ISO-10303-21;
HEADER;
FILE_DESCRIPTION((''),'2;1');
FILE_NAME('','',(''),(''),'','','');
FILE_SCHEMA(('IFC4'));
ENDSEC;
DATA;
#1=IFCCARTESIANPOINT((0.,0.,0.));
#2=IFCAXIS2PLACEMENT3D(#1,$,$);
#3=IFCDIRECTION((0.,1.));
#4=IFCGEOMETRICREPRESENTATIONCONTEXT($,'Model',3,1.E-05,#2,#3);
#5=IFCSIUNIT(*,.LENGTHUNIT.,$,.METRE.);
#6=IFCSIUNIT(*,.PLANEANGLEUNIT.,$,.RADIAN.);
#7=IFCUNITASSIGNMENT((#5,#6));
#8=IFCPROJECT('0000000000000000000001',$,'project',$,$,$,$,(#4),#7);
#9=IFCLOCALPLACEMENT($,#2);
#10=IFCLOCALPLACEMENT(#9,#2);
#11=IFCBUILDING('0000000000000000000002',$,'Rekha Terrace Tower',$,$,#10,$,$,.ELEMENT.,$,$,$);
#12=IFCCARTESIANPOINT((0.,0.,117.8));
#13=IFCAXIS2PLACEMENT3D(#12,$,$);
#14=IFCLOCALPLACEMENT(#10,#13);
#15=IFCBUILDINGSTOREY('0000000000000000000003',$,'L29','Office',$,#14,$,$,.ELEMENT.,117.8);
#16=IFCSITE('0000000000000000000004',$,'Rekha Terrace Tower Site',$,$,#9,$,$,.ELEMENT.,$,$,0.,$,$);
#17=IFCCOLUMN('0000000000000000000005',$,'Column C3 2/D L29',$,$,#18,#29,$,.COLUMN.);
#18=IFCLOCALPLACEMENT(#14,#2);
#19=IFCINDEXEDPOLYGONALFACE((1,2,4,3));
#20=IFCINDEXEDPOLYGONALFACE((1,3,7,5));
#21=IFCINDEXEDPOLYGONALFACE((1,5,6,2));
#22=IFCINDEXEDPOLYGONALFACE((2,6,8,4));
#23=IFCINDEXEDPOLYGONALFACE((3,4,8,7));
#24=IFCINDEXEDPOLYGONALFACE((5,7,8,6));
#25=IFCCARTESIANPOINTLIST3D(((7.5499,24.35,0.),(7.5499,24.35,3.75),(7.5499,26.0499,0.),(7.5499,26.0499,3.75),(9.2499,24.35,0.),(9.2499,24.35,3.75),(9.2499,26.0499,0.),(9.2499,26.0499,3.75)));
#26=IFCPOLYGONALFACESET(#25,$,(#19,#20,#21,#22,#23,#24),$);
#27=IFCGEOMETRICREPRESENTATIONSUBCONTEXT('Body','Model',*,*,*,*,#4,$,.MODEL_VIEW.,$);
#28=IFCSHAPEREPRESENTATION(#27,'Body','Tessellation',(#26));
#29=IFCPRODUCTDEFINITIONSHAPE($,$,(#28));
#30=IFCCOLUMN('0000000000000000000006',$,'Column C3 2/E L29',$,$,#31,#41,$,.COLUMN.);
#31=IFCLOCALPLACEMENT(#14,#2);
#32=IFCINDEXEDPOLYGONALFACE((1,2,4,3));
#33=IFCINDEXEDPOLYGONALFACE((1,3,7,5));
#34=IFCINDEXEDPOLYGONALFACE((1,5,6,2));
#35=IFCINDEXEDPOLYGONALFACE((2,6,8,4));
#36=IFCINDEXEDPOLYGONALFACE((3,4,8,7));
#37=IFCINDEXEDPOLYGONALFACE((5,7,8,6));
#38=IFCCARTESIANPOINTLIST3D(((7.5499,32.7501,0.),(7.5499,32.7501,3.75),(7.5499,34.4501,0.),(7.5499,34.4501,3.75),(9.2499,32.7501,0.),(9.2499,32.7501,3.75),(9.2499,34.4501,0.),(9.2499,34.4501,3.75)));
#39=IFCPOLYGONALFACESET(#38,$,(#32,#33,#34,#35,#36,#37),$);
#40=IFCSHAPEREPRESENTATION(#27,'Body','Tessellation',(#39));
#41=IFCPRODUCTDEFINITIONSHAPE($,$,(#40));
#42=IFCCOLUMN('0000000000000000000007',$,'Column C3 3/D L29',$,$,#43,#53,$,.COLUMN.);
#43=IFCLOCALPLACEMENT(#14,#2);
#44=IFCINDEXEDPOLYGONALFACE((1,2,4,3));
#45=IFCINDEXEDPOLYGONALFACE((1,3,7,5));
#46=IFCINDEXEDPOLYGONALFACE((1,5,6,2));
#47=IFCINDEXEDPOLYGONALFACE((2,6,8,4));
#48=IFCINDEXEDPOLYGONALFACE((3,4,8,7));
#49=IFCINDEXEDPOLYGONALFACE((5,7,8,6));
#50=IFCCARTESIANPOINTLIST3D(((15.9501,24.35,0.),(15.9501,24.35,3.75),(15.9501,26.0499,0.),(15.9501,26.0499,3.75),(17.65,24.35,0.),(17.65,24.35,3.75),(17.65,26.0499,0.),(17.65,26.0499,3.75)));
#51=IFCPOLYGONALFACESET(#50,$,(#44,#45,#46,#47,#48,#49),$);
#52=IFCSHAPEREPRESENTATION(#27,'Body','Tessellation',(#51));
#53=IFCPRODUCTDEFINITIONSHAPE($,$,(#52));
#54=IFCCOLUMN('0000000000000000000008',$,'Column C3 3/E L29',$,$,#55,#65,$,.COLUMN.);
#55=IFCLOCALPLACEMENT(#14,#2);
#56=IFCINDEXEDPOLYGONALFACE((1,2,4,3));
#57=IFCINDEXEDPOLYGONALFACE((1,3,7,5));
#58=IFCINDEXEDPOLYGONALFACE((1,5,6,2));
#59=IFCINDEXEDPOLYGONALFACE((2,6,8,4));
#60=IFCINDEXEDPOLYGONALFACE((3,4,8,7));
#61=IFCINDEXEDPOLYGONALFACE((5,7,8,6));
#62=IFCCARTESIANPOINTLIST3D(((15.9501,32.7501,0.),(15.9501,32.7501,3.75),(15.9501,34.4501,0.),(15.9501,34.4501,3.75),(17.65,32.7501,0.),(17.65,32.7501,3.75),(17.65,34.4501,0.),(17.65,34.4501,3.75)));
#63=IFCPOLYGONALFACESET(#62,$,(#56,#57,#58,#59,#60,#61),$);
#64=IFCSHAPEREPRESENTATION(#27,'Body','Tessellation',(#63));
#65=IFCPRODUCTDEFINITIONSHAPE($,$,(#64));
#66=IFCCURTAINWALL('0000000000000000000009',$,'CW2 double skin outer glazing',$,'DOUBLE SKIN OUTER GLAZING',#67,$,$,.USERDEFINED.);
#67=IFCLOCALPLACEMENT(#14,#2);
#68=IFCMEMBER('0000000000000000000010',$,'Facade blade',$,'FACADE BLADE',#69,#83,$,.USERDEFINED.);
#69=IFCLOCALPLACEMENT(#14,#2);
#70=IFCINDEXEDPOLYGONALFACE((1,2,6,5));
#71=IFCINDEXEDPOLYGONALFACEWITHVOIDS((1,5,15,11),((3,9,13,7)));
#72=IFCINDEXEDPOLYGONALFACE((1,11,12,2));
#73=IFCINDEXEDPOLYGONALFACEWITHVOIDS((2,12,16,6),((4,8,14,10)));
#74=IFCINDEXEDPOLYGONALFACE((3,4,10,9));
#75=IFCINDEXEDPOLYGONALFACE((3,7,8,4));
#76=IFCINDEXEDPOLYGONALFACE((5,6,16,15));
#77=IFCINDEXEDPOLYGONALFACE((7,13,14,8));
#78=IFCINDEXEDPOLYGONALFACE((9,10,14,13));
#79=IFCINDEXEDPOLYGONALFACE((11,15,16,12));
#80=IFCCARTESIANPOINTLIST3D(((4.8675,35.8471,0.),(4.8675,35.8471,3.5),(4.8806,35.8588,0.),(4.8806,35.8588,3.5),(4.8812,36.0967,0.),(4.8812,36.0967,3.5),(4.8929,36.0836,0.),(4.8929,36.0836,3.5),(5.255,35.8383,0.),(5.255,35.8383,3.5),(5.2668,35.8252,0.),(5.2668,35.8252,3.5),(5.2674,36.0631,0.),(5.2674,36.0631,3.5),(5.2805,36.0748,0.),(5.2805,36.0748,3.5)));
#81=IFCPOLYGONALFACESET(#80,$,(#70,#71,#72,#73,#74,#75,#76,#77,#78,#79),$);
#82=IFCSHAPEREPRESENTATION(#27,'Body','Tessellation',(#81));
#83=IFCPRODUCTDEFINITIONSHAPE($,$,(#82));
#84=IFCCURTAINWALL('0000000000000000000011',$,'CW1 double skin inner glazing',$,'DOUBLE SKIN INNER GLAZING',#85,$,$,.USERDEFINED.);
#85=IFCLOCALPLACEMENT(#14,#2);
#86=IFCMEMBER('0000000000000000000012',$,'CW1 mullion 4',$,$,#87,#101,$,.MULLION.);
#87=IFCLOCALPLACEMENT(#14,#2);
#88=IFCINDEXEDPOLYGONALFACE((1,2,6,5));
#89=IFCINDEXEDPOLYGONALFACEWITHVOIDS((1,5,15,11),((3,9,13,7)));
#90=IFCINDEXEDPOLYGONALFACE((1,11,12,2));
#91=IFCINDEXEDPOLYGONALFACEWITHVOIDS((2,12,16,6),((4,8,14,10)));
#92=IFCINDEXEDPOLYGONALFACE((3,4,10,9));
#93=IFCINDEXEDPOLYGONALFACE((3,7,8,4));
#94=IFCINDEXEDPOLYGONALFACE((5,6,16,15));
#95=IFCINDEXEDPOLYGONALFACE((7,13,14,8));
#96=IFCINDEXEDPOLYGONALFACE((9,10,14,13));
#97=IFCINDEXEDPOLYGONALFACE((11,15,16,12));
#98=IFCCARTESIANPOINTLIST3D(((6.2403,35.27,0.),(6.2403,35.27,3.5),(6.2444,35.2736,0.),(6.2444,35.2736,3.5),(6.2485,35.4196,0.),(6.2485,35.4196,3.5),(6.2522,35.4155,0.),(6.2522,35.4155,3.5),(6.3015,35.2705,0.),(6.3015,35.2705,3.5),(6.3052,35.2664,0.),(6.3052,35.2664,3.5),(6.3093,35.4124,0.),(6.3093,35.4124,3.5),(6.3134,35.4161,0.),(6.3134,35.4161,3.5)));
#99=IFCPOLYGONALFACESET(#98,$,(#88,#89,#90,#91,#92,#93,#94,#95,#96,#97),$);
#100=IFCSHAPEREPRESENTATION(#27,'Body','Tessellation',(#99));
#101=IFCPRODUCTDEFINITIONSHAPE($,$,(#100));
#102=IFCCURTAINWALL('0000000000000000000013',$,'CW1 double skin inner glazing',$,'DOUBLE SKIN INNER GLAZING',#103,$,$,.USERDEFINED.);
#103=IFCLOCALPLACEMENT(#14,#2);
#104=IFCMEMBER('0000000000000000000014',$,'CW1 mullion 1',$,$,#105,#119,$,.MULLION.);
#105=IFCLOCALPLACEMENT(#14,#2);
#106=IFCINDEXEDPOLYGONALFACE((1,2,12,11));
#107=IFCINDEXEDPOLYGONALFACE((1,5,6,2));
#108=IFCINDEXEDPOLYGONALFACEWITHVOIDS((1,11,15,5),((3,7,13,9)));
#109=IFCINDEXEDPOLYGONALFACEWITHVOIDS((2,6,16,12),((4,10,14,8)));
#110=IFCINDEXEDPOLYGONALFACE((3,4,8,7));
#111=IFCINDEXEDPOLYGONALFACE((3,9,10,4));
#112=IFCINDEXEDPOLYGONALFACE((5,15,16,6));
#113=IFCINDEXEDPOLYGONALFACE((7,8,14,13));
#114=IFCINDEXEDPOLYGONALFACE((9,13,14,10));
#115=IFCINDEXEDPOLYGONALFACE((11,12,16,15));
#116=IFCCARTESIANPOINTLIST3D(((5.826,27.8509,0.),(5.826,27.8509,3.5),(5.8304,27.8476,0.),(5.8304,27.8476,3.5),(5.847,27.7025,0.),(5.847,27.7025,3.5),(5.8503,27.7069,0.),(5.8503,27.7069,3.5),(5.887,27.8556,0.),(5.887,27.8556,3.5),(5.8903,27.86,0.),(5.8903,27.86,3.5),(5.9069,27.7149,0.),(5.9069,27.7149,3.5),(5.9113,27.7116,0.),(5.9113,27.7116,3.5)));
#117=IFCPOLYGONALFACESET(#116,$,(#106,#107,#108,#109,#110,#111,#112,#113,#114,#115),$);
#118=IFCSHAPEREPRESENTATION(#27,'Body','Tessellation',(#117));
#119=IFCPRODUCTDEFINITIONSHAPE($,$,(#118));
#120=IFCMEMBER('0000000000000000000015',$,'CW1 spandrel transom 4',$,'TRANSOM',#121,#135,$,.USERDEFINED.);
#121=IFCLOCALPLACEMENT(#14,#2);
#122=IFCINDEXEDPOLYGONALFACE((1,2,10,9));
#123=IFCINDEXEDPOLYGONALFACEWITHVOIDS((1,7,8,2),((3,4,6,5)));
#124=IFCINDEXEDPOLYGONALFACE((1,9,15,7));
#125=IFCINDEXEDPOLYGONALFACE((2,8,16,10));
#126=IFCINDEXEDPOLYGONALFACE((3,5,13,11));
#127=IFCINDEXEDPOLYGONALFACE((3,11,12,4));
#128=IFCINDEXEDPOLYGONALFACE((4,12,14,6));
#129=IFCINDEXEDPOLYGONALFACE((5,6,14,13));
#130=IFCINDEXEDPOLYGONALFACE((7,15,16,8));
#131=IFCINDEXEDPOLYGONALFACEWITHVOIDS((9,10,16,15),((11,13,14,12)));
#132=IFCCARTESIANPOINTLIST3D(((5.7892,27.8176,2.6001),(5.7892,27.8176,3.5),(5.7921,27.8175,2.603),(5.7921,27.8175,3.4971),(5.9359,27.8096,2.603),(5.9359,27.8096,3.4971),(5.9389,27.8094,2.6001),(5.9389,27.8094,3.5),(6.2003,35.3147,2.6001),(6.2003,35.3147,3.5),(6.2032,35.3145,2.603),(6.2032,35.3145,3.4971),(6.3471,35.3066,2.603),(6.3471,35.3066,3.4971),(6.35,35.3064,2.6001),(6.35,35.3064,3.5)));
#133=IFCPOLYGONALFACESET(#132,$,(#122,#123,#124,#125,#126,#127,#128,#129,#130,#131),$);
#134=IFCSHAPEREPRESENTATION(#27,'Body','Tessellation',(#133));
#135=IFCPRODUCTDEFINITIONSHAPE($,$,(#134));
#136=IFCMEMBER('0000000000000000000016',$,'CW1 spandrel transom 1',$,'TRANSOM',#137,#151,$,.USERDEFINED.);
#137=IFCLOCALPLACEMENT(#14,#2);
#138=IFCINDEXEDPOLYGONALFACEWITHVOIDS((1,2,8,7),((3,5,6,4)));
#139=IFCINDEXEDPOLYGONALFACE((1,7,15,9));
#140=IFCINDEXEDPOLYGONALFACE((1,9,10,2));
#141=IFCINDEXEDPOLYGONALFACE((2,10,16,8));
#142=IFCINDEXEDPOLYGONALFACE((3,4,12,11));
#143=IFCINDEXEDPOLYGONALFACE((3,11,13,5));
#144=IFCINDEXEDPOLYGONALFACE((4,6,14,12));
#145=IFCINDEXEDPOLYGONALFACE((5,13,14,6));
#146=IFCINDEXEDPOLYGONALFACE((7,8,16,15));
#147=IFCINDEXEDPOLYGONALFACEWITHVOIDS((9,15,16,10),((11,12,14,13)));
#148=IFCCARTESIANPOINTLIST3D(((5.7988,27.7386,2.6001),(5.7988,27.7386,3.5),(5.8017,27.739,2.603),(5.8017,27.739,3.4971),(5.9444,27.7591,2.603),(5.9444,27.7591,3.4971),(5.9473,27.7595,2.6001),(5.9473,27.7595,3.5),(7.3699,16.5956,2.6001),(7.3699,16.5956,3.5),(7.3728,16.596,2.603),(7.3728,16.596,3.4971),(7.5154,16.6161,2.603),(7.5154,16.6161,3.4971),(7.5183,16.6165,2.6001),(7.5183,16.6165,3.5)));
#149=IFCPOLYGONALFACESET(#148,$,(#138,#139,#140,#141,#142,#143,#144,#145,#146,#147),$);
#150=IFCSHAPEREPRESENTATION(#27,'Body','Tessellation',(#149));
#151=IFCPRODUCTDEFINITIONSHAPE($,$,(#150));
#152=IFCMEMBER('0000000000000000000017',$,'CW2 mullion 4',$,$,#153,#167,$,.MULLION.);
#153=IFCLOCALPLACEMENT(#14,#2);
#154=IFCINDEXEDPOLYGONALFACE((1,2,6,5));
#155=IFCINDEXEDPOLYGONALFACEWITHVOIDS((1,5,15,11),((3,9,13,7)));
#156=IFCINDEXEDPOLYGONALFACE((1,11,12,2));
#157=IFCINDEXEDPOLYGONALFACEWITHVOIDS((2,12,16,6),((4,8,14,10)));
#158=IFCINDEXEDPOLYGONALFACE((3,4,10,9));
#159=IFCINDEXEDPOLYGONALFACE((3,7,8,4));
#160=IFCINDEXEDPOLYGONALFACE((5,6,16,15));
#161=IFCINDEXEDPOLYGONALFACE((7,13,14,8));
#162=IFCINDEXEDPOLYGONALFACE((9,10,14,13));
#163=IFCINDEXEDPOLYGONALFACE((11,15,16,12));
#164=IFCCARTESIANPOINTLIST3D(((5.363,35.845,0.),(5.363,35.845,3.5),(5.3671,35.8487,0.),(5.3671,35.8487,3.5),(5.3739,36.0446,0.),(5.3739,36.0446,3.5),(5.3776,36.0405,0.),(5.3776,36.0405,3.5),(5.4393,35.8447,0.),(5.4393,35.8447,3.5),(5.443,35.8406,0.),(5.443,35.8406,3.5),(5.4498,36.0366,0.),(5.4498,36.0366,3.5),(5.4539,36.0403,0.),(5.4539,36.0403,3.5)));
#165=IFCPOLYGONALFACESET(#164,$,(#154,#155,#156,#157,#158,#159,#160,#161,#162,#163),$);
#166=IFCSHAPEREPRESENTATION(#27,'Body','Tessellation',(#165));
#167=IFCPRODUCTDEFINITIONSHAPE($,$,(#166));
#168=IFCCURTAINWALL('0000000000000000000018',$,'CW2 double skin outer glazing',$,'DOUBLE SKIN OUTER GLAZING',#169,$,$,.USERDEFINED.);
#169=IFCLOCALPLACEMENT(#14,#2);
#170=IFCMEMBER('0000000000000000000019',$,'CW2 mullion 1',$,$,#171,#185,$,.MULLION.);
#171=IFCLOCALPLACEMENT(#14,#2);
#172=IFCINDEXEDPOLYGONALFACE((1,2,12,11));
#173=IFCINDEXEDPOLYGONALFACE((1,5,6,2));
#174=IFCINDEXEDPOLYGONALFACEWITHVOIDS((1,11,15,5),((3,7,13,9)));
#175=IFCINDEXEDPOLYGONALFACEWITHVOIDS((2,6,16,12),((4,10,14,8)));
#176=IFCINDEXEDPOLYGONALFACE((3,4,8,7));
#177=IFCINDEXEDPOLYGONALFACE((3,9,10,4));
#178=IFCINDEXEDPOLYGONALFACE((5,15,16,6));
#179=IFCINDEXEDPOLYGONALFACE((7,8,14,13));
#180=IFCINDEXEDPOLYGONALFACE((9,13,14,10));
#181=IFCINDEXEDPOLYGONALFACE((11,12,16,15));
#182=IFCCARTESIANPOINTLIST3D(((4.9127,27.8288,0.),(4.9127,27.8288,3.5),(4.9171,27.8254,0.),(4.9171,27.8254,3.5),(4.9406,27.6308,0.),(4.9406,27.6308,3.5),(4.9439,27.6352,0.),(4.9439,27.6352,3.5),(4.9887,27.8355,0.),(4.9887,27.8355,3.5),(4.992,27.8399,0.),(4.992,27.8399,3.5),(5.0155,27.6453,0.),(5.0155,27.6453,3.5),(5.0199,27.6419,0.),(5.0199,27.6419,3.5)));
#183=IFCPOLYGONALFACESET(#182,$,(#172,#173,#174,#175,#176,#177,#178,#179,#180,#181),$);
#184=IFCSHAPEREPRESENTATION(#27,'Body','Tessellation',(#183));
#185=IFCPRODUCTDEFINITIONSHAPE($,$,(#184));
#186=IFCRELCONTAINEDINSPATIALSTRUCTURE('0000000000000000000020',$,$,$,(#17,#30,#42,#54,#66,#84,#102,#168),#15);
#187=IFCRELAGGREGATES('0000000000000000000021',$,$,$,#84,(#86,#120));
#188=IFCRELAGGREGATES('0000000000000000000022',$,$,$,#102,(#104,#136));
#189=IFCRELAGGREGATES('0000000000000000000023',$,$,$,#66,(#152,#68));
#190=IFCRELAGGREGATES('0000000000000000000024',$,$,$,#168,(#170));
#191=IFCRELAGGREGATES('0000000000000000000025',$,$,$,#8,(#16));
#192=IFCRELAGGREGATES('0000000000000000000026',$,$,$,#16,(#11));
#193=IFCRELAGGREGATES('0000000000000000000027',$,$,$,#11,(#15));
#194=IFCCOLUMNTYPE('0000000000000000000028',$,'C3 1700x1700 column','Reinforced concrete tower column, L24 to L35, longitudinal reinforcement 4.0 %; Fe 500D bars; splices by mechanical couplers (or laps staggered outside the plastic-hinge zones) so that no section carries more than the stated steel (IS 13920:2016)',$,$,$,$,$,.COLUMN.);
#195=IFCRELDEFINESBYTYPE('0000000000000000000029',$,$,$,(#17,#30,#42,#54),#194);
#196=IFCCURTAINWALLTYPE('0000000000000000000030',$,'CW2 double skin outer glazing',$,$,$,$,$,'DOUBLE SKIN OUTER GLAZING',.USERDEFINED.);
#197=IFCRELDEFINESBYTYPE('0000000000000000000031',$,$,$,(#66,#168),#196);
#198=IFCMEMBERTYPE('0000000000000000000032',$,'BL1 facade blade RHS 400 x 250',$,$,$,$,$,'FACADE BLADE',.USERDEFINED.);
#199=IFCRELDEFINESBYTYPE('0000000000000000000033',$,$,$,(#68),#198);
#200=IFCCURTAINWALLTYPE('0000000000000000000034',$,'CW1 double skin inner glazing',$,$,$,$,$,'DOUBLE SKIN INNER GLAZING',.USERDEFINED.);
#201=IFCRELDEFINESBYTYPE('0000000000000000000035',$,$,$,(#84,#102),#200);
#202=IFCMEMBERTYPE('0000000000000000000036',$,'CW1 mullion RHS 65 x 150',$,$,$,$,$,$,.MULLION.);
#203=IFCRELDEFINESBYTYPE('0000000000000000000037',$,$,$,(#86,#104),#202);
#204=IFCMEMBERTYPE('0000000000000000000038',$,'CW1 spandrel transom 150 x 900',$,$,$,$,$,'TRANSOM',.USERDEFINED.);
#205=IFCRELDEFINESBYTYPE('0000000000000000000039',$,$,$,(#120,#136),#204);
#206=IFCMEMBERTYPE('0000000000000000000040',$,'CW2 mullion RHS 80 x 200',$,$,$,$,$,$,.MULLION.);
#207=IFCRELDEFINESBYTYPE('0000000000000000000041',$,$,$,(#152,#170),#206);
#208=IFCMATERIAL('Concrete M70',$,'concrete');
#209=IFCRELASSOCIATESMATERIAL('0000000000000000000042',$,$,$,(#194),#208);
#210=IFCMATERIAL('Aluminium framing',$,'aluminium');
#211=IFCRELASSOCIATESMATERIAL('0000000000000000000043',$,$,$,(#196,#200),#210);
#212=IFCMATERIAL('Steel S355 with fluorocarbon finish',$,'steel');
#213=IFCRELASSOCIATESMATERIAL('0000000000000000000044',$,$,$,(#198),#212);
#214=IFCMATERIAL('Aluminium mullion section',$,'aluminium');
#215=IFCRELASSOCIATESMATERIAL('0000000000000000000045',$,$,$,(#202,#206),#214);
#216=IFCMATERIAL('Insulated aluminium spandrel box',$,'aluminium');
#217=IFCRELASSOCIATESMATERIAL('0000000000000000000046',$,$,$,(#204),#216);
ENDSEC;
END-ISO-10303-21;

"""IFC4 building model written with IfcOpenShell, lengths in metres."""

from ifc_helpers import new_model, si_unit, direction, frame, origin, origin_2d, place, context, subcontext, project, spatial, rectangle, hollow_rectangle, extrude, material, material_profile, profile_set, type_object, element, aggregate, save


model = new_model("IFC4")

# Units and contexts
model_context = context("Model", 3, precision=1e-05, world=origin(), true_north=direction((0.0, 1.0)))
body_context = subcontext(model_context, "Body", "Model", "MODEL_VIEW")
ifc_project = project(units=[si_unit("LENGTHUNIT", "METRE"), si_unit("PLANEANGLEUNIT", "RADIAN")], contexts=[model_context])

# Site, building, storey
site_placement = place(None, origin())
site = spatial("IfcSite", under=ifc_project, at=site_placement, Name="Rekha Terrace Tower Site", CompositionType="ELEMENT", RefElevation=0.0)
building_placement = place(site_placement, origin())
building = spatial("IfcBuilding", under=site, at=building_placement, Name="Rekha Terrace Tower", CompositionType="ELEMENT")
storey_placement = place(building_placement, frame((0.0, 0.0, 117.8)))
storey = spatial("IfcBuildingStorey", under=building, at=storey_placement, Name="L29", Description="Office", CompositionType="ELEMENT", Elevation=117.8)

# Columns
ifc_material_1 = material(Name="Concrete M70", Category="concrete")
ifc_material_profile_1 = material_profile(ifc_material_1, rectangle(XDim=1.7, YDim=1.7, at=origin_2d()), Name="RC 1700x1700")
ifc_profile_set_1 = profile_set([ifc_material_profile_1], Name="Concrete M70")
column_type = type_object("IfcColumnType", Name="C3 1700x1700 column", Description="Reinforced concrete tower column, L24 to L35, longitudinal reinforcement 4.0 %; Fe 500D bars; splices by mechanical couplers (or laps staggered outside the plastic-hinge zones) so that no section carries more than the stated steel (IS 13920:2016)", PredefinedType="COLUMN", material=ifc_profile_set_1)
for number, where, z_axis, x_axis, name in (
    (1, (8.3999, 25.2, 0.0), (0.0, 0.0, 1.0), (1.0, 0.0, 0.0), "Column C3 2/D L29"),
    (2, (8.3999, 33.6001, 0.0), (0.0, 0.0, 1.0), (1.0, 0.0, 0.0), "Column C3 2/E L29"),
    (3, (16.8, 25.2, 0.0), (0.0, 0.0, 1.0), (1.0, 0.0, 0.0), "Column C3 3/D L29"),
    (4, (16.8, 33.6001, 0.0), (0.0, 0.0, 1.0), (1.0, 0.0, 0.0), "Column C3 3/E L29"),
):
    element("IfcColumn", number, at=place(storey_placement, frame(where, z_axis=z_axis, x_axis=x_axis)), inside=storey, type_object=column_type, Name=name, PredefinedType="COLUMN", context=body_context, shape_type="SweptSolid", body=[
        extrude(rectangle(XDim=1.7, YDim=1.7, at=origin_2d()), origin(), (0.0, 0.0, 1.0), 3.75),
    ])

# Curtain walls, members
ifc_material_2 = material(Name="Aluminium framing", Category="aluminium")
curtain_wall_type_1 = type_object("IfcCurtainWallType", Name="CW2 double skin outer glazing", ElementType="DOUBLE SKIN OUTER GLAZING", PredefinedType="USERDEFINED", material=ifc_material_2)
curtain_wall_1_placement = place(storey_placement, origin())
curtain_wall_1 = element("IfcCurtainWall", 5, at=curtain_wall_1_placement, inside=storey, type_object=curtain_wall_type_1, Name="CW2 double skin outer glazing", ObjectType="DOUBLE SKIN OUTER GLAZING", PredefinedType="USERDEFINED")
ifc_material_3 = material(Name="Steel S355 with fluorocarbon finish", Category="steel")
ifc_material_profile_2 = material_profile(ifc_material_3, hollow_rectangle(XDim=0.25, YDim=0.3999, WallThickness=0.0125, at=origin_2d()), Name="RHS400x250x12.5")
ifc_profile_set_2 = profile_set([ifc_material_profile_2], Name="Steel S355 with fluorocarbon finish")
member_type_1 = type_object("IfcMemberType", Name="BL1 facade blade RHS 400 x 250", ElementType="FACADE BLADE", PredefinedType="USERDEFINED", material=ifc_profile_set_2)
member_1_placement = place(storey_placement, frame((5.074, 35.9609, 0.0), z_axis=(0.0, 0.0, 1.0), x_axis=(-0.054743, -0.9985, 0.0)))
member_1 = element("IfcMember", 6, at=member_1_placement, type_object=member_type_1, Name="Facade blade", ObjectType="FACADE BLADE", PredefinedType="USERDEFINED", context=body_context, shape_type="SweptSolid", body=[
    extrude(hollow_rectangle(XDim=0.25, YDim=0.3999, WallThickness=0.0125, at=origin_2d()), origin(), (0.0, 0.0, 1.0), 3.5),
])
curtain_wall_type_2 = type_object("IfcCurtainWallType", Name="CW1 double skin inner glazing", ElementType="DOUBLE SKIN INNER GLAZING", PredefinedType="USERDEFINED", material=ifc_material_2)
curtain_wall_2_placement = place(storey_placement, origin())
curtain_wall_2 = element("IfcCurtainWall", 7, at=curtain_wall_2_placement, inside=storey, type_object=curtain_wall_type_2, Name="CW1 double skin inner glazing", ObjectType="DOUBLE SKIN INNER GLAZING", PredefinedType="USERDEFINED")
ifc_material_4 = material(Name="Aluminium mullion section", Category="aluminium")
ifc_material_profile_3 = material_profile(ifc_material_4, hollow_rectangle(XDim=0.0649, YDim=0.1499, WallThickness=0.0039, at=origin_2d()), Name="AL RHS 65x150")
ifc_profile_set_3 = profile_set([ifc_material_profile_3], Name="Aluminium mullion section")
member_type_2 = type_object("IfcMemberType", Name="CW1 mullion RHS 65 x 150", PredefinedType="MULLION", material=ifc_profile_set_3)
member_2_placement = place(storey_placement, frame((6.2769, 35.343, 0.0), z_axis=(0.0, 0.0, 1.0), x_axis=(0.998501, -0.054742, 0.0)))
member_2 = element("IfcMember", 8, at=member_2_placement, type_object=member_type_2, Name="CW1 mullion 4", PredefinedType="MULLION", context=body_context, shape_type="SweptSolid", body=[
    extrude(hollow_rectangle(XDim=0.0649, YDim=0.1499, WallThickness=0.0039, at=origin_2d()), origin(), (0.0, 0.0, 1.0), 3.5),
])
curtain_wall_3_placement = place(storey_placement, origin())
curtain_wall_3 = element("IfcCurtainWall", 9, at=curtain_wall_3_placement, inside=storey, type_object=curtain_wall_type_2, Name="CW1 double skin inner glazing", ObjectType="DOUBLE SKIN INNER GLAZING", PredefinedType="USERDEFINED")
member_3_placement = place(storey_placement, frame((5.8687, 27.7812, 0.0), z_axis=(0.0, 0.0, 1.0), x_axis=(0.990208, 0.139597, 0.0)))
member_3 = element("IfcMember", 10, at=member_3_placement, type_object=member_type_2, Name="CW1 mullion 1", PredefinedType="MULLION", context=body_context, shape_type="SweptSolid", body=[
    extrude(hollow_rectangle(XDim=0.0649, YDim=0.1499, WallThickness=0.0039, at=origin_2d()), origin(), (0.0, 0.0, 1.0), 3.5),
])

# Members
ifc_material_5 = material(Name="Insulated aluminium spandrel box", Category="aluminium")
ifc_material_profile_4 = material_profile(ifc_material_5, hollow_rectangle(XDim=0.1499, YDim=0.8999, WallThickness=0.0029, at=origin_2d()), Name="AL SPANDREL BOX 150x900")
ifc_profile_set_4 = profile_set([ifc_material_profile_4], Name="Insulated aluminium spandrel box")
member_type_3 = type_object("IfcMemberType", Name="CW1 spandrel transom 150 x 900", ElementType="TRANSOM", PredefinedType="USERDEFINED", material=ifc_profile_set_4)
member_4_placement = place(storey_placement, frame((6.2751, 35.3105, 3.05), z_axis=(-0.054757, -0.9985, 0.0), x_axis=(0.9985, -0.054757, 0.0)))
member_4 = element("IfcMember", 11, at=member_4_placement, type_object=member_type_3, Name="CW1 spandrel transom 4", ObjectType="TRANSOM", PredefinedType="USERDEFINED", context=body_context, shape_type="SweptSolid", body=[
    extrude(hollow_rectangle(XDim=0.1499, YDim=0.8999, WallThickness=0.0029, at=origin_2d()), origin(), (0.0, 0.0, 1.0), 7.5083),
])
member_5_placement = place(storey_placement, frame((5.873, 27.749, 3.05), z_axis=(0.139608, -0.990207, 0.0), x_axis=(0.990207, 0.139608, 0.0)))
member_5 = element("IfcMember", 12, at=member_5_placement, type_object=member_type_3, Name="CW1 spandrel transom 1", ObjectType="TRANSOM", PredefinedType="USERDEFINED", context=body_context, shape_type="SweptSolid", body=[
    extrude(hollow_rectangle(XDim=0.1499, YDim=0.8999, WallThickness=0.0029, at=origin_2d()), origin(), (0.0, 0.0, 1.0), 11.2532),
])
ifc_material_profile_5 = material_profile(ifc_material_4, hollow_rectangle(XDim=0.0801, YDim=0.2, WallThickness=0.0039, at=origin_2d()), Name="AL RHS 80x200")
ifc_profile_set_5 = profile_set([ifc_material_profile_5], Name="Aluminium mullion section")
member_type_4 = type_object("IfcMemberType", Name="CW2 mullion RHS 80 x 200", PredefinedType="MULLION", material=ifc_profile_set_5)
member_6_placement = place(storey_placement, frame((5.4084, 35.9426, 0.0), z_axis=(0.0, 0.0, 1.0), x_axis=(0.998501, -0.054742, 0.0)))
member_6 = element("IfcMember", 13, at=member_6_placement, type_object=member_type_4, Name="CW2 mullion 4", PredefinedType="MULLION", context=body_context, shape_type="SweptSolid", body=[
    extrude(hollow_rectangle(XDim=0.0801, YDim=0.2, WallThickness=0.0039, at=origin_2d()), origin(), (0.0, 0.0, 1.0), 3.5),
])

# Curtain wall, member
curtain_wall_4_placement = place(storey_placement, origin())
curtain_wall_4 = element("IfcCurtainWall", 14, at=curtain_wall_4_placement, inside=storey, type_object=curtain_wall_type_1, Name="CW2 double skin outer glazing", ObjectType="DOUBLE SKIN OUTER GLAZING", PredefinedType="USERDEFINED")
member_7_placement = place(storey_placement, frame((4.9663, 27.7354, 0.0), z_axis=(0.0, 0.0, 1.0), x_axis=(0.990208, 0.139597, 0.0)))
member_7 = element("IfcMember", 15, at=member_7_placement, type_object=member_type_4, Name="CW2 mullion 1", PredefinedType="MULLION", context=body_context, shape_type="SweptSolid", body=[
    extrude(hollow_rectangle(XDim=0.0801, YDim=0.2, WallThickness=0.0039, at=origin_2d()), origin(), (0.0, 0.0, 1.0), 3.5),
])

aggregate(curtain_wall_2, [member_2, member_4])
aggregate(curtain_wall_3, [member_3, member_5])
aggregate(curtain_wall_1, [member_6, member_1])
aggregate(curtain_wall_4, [member_7])

save(model, "model.ifc")
